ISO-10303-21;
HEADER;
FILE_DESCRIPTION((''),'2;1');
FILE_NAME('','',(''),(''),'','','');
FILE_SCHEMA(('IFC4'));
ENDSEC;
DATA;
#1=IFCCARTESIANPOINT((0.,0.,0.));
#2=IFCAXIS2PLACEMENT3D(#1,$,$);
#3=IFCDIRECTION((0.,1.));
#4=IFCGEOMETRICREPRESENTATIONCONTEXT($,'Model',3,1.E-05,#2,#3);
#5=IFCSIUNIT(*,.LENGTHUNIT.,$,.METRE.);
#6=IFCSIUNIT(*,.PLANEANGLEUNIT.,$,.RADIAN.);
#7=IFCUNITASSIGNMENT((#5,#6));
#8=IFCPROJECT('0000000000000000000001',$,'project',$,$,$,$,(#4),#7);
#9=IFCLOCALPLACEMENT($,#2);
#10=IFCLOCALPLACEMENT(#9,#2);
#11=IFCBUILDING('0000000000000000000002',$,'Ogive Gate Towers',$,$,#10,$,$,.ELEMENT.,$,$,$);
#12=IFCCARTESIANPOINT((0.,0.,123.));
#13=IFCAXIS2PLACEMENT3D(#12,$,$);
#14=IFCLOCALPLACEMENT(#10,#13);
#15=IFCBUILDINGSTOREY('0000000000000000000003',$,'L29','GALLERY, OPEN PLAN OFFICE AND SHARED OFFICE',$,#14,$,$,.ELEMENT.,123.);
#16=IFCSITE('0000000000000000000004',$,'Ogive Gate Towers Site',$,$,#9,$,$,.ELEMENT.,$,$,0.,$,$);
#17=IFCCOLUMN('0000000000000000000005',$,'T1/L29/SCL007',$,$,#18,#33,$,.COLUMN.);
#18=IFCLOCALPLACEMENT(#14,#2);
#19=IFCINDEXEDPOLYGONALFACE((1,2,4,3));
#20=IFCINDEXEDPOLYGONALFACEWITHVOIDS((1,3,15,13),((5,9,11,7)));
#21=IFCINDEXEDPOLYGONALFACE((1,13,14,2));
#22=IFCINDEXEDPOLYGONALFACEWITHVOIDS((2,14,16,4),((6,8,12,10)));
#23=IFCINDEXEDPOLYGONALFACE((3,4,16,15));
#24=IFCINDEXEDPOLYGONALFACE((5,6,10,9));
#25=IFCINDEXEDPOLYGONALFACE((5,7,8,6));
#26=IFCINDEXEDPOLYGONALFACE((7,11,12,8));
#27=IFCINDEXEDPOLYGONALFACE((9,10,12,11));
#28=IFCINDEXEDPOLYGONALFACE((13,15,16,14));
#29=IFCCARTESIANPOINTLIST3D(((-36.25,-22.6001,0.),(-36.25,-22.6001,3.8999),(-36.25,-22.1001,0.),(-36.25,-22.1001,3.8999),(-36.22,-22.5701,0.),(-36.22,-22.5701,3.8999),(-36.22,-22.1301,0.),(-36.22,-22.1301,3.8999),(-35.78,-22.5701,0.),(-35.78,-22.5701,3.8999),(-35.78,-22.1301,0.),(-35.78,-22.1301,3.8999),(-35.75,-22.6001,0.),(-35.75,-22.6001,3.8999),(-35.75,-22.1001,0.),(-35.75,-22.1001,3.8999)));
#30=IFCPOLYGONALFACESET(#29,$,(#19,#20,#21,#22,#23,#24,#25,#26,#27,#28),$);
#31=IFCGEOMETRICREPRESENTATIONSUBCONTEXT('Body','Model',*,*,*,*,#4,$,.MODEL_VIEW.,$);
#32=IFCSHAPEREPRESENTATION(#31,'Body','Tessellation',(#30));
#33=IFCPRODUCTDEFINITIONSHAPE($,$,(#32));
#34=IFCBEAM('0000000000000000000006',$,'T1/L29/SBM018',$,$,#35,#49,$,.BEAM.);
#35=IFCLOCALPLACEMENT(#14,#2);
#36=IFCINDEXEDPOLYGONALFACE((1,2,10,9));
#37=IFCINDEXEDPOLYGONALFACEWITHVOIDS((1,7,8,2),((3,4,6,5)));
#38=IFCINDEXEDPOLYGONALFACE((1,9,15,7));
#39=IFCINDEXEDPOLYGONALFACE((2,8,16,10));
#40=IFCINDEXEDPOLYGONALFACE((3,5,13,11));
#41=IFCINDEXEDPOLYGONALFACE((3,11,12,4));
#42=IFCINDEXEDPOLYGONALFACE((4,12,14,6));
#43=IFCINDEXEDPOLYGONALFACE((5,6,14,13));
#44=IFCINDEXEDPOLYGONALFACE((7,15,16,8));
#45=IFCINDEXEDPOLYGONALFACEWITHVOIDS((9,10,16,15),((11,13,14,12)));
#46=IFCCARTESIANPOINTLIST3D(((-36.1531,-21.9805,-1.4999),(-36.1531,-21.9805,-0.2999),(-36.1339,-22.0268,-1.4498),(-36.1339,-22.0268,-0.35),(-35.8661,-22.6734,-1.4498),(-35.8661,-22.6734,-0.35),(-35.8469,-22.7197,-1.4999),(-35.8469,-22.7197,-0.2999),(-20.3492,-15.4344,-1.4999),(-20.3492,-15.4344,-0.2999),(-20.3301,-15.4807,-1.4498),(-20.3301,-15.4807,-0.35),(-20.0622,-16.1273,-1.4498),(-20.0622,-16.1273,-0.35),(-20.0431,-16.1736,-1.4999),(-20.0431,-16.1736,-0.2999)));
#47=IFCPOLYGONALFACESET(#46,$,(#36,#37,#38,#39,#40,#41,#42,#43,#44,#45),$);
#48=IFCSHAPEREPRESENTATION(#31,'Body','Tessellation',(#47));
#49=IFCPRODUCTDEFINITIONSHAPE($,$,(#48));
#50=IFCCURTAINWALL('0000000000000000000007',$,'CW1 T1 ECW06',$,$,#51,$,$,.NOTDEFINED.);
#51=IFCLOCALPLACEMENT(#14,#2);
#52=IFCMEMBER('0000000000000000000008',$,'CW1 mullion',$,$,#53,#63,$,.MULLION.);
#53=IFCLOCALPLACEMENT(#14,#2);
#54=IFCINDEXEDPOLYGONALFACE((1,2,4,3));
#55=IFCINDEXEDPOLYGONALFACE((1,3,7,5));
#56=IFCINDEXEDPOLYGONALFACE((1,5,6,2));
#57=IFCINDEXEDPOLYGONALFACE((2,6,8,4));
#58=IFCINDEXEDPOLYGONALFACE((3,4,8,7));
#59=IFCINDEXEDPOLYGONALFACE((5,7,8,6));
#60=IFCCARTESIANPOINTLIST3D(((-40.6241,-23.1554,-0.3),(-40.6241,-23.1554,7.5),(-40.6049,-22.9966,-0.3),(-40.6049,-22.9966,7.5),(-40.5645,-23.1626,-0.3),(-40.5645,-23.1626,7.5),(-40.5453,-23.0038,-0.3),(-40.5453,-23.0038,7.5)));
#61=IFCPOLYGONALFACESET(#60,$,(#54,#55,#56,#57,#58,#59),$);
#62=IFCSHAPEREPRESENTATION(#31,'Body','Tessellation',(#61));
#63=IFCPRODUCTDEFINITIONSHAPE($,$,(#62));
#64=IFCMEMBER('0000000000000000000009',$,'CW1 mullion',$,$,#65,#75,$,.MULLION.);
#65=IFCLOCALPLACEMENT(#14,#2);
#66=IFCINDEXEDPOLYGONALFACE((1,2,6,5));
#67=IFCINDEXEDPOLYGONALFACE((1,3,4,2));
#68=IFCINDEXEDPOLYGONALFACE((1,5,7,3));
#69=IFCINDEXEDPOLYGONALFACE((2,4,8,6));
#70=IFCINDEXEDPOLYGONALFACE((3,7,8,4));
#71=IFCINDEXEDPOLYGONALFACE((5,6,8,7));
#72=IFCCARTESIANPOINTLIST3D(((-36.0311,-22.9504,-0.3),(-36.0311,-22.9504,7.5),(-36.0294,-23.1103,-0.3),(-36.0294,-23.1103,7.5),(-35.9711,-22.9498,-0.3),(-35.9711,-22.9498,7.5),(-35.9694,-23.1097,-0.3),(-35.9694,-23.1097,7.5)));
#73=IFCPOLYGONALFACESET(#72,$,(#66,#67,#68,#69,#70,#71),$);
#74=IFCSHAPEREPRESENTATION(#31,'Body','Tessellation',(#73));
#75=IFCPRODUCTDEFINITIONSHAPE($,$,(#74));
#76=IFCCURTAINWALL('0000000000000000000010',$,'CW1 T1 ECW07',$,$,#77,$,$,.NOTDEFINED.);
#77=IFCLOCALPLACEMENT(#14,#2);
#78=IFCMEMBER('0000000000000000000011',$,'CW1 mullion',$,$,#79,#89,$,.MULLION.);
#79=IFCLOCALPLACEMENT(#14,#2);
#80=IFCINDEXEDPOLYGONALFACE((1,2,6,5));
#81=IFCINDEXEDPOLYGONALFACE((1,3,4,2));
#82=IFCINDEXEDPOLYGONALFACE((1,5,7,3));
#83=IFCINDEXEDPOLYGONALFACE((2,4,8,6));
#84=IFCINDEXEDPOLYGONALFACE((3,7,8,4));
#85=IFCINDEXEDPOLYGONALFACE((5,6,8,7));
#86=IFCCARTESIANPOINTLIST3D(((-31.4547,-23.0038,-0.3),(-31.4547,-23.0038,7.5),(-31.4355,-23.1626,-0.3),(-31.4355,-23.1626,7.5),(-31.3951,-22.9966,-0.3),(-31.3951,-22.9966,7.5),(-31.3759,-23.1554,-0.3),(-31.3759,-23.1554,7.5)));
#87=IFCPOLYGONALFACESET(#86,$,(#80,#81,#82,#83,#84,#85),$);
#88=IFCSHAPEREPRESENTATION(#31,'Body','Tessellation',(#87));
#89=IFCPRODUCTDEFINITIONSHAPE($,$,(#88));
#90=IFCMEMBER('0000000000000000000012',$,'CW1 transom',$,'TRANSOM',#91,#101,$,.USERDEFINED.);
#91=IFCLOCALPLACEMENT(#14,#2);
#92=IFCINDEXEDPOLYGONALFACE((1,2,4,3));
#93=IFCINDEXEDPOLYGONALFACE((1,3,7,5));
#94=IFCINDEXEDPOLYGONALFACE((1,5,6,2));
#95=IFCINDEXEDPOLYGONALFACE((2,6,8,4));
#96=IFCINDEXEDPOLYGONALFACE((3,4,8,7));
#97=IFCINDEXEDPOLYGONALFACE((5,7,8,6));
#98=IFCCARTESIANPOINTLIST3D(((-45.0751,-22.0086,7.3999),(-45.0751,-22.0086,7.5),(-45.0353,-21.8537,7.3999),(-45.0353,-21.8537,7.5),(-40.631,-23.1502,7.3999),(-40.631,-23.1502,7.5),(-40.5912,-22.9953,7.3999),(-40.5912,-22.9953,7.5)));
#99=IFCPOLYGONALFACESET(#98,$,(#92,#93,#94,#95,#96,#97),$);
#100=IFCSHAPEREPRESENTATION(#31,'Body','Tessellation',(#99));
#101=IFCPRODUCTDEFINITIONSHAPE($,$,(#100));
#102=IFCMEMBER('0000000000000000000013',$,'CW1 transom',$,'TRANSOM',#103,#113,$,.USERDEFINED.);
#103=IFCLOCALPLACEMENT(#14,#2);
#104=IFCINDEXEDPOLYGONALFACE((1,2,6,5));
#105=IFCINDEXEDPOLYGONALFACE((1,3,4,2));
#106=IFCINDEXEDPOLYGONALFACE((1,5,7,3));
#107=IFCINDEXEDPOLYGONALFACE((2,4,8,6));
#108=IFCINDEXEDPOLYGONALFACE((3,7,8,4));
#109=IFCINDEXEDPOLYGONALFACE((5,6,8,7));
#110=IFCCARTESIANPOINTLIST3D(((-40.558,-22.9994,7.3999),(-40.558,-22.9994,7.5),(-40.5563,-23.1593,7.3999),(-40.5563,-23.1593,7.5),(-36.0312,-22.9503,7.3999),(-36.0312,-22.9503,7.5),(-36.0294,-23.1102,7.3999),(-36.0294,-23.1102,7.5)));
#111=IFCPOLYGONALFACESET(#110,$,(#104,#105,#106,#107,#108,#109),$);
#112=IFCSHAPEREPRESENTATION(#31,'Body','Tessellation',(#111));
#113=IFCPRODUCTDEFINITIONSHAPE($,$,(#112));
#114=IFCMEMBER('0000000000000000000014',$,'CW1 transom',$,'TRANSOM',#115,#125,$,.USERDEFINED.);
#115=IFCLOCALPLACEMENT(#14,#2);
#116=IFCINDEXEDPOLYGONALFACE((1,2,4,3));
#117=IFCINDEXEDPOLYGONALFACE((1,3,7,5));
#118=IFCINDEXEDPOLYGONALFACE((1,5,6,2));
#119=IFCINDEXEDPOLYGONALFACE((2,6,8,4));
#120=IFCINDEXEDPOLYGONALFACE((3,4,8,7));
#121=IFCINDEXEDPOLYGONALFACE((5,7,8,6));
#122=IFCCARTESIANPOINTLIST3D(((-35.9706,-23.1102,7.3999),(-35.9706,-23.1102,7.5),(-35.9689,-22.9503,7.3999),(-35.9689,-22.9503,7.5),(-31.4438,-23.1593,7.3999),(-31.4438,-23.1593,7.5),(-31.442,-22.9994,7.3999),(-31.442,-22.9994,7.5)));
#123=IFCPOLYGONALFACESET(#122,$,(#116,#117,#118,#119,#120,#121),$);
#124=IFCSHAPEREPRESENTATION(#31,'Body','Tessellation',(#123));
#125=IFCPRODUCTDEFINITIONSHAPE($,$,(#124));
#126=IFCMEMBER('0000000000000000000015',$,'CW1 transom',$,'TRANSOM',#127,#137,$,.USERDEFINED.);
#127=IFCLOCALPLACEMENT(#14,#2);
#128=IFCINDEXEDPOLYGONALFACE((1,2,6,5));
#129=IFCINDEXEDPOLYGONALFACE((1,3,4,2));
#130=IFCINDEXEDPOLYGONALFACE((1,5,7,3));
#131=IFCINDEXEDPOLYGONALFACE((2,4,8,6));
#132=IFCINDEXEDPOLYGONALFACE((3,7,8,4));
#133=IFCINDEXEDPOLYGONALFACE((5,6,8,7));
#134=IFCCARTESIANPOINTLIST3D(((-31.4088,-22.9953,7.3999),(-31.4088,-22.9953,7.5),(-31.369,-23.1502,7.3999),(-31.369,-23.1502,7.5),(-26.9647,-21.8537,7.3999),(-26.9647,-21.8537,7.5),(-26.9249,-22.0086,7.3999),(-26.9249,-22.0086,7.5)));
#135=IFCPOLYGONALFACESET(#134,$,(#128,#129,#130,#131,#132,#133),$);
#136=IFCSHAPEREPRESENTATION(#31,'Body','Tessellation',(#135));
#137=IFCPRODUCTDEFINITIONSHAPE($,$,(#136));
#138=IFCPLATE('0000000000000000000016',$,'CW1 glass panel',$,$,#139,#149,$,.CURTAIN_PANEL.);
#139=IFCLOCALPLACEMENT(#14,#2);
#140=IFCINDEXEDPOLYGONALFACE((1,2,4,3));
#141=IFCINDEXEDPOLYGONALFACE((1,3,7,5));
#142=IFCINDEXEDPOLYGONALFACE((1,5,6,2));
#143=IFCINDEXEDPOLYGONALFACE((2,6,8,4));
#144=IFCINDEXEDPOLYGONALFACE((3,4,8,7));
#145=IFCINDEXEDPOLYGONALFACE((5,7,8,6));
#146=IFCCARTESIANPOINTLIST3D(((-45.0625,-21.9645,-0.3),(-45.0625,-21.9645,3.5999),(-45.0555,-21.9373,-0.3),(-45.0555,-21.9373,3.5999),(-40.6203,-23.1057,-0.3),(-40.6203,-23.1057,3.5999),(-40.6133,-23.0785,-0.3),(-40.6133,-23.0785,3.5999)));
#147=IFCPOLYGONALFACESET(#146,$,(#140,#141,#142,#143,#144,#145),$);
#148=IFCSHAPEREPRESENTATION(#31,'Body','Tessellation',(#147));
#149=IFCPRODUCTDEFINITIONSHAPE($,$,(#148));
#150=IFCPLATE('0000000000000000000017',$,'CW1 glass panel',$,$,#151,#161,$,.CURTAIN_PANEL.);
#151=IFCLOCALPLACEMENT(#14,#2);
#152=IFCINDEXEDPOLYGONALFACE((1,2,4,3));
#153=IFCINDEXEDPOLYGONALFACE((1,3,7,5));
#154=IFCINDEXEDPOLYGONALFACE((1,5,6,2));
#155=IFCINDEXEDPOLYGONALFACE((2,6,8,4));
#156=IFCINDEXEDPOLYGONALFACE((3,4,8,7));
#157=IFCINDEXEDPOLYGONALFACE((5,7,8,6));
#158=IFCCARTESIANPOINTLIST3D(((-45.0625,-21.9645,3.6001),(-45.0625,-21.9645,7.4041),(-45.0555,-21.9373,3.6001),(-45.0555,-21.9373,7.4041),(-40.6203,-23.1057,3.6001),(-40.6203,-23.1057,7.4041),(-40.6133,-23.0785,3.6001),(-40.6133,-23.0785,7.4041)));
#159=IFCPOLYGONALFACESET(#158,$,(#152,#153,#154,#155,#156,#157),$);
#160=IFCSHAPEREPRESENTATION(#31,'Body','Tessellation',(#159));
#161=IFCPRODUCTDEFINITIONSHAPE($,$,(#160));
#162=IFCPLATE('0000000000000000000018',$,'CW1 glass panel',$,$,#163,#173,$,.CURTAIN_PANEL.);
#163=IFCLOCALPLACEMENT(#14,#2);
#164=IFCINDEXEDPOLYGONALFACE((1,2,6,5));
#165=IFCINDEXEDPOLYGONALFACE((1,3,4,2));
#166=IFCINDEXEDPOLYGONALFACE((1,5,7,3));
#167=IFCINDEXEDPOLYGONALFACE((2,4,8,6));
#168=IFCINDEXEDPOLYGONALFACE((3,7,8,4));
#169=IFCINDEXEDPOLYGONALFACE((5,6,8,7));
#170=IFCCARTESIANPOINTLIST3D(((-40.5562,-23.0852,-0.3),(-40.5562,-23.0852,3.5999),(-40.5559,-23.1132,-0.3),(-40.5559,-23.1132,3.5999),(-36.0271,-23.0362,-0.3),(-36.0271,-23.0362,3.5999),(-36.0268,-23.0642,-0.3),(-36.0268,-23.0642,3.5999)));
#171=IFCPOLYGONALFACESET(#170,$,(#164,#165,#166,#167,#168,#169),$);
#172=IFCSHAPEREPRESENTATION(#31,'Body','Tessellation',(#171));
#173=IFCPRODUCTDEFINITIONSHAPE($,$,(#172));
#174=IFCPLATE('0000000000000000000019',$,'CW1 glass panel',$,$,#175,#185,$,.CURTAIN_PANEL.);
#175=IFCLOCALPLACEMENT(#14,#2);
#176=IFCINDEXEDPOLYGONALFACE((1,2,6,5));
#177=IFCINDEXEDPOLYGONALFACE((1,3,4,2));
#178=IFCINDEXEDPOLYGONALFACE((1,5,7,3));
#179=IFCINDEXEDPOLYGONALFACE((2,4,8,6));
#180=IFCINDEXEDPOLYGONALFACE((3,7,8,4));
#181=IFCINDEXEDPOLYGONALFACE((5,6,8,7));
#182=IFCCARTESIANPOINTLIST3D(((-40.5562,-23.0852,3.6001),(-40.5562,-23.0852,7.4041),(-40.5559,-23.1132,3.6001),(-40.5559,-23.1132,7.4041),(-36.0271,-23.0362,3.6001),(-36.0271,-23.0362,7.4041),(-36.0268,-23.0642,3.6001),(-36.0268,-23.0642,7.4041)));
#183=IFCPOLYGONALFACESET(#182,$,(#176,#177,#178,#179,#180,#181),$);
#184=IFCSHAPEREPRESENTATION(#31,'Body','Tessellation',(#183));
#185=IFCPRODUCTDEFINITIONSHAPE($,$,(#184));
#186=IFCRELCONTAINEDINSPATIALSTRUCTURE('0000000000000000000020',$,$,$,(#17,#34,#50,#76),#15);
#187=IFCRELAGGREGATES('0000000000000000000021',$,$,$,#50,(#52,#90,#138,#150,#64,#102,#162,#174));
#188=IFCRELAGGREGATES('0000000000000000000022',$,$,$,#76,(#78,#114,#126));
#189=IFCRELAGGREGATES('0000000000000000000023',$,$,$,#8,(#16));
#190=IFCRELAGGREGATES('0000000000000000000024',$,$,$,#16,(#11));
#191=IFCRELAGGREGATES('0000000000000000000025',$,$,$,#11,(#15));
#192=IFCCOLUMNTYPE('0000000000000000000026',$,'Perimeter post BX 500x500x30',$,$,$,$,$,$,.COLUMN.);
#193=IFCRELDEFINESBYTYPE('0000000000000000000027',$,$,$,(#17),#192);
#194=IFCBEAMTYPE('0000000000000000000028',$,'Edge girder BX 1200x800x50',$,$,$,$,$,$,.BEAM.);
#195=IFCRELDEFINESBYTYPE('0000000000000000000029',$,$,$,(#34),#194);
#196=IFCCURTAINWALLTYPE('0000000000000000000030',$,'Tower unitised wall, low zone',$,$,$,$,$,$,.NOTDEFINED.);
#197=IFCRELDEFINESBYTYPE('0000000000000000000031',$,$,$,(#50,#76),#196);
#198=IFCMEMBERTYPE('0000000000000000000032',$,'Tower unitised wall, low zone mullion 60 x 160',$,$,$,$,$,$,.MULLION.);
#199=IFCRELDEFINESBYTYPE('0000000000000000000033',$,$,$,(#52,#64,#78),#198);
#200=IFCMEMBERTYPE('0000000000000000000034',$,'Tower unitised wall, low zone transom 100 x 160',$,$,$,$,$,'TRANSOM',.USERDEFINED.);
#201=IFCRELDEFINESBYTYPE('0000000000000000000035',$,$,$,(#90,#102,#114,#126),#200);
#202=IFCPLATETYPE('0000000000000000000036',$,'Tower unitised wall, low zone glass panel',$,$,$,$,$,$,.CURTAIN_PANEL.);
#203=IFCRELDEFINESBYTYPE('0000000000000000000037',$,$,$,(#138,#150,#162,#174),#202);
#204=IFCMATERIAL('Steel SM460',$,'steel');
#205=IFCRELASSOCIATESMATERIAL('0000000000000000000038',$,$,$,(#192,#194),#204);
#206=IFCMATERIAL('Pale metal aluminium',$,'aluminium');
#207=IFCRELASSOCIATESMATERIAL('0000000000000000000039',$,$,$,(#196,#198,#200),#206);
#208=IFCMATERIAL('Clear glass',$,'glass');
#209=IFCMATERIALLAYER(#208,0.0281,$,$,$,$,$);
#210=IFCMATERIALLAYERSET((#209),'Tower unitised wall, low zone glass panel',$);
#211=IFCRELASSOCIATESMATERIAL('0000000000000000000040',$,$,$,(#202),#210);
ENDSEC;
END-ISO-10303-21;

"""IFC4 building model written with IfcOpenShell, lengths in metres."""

from ifc_helpers import new_model, si_unit, direction, frame, origin, origin_2d, place, context, subcontext, project, spatial, rectangle, hollow_rectangle, extrude, material, layer, layer_set, material_profile, profile_set, type_object, element, aggregate, save


model = new_model("IFC4")

# Units and contexts
model_context = context("Model", 3, precision=1e-05, world=origin(), true_north=direction((0.0, 1.0)))
body_context = subcontext(model_context, "Body", "Model", "MODEL_VIEW")
ifc_project = project(units=[si_unit("LENGTHUNIT", "METRE"), si_unit("PLANEANGLEUNIT", "RADIAN")], contexts=[model_context])

# Site, building, storey
site_placement = place(None, origin())
site = spatial("IfcSite", under=ifc_project, at=site_placement, Name="Ogive Gate Towers Site", CompositionType="ELEMENT", RefElevation=0.0)
building_placement = place(site_placement, origin())
building = spatial("IfcBuilding", under=site, at=building_placement, Name="Ogive Gate Towers", CompositionType="ELEMENT")
storey_placement = place(building_placement, frame((0.0, 0.0, 123.0)))
storey = spatial("IfcBuildingStorey", under=building, at=storey_placement, Name="L29", Description="GALLERY, OPEN PLAN OFFICE AND SHARED OFFICE", CompositionType="ELEMENT", Elevation=123.0)

# Column
ifc_material_1 = material(Name="Steel SM460", Category="steel")
ifc_material_profile_1 = material_profile(ifc_material_1, hollow_rectangle(XDim=0.5, YDim=0.5, WallThickness=0.03, at=origin_2d()), Name="BX 500x500x30")
ifc_profile_set_1 = profile_set([ifc_material_profile_1], Name="Steel SM460")
column_type = type_object("IfcColumnType", Name="Perimeter post BX 500x500x30", PredefinedType="COLUMN", material=ifc_profile_set_1)
column_placement = place(storey_placement, frame((-36.0, -22.3501, 0.0), z_axis=(0.0, 0.0, 1.0), x_axis=(1.0, 0.0, 0.0)))
element("IfcColumn", 1, at=column_placement, inside=storey, type_object=column_type, Name="T1/L29/SCL007", PredefinedType="COLUMN", context=body_context, shape_type="SweptSolid", body=[
    extrude(hollow_rectangle(XDim=0.5, YDim=0.5, WallThickness=0.03, at=origin_2d()), origin(), (0.0, 0.0, 1.0), 3.8999),
])

# Beam
ifc_material_profile_2 = material_profile(ifc_material_1, hollow_rectangle(XDim=0.8, YDim=1.2, WallThickness=0.05, at=origin_2d()), Name="BX 1200x800x50")
ifc_profile_set_2 = profile_set([ifc_material_profile_2], Name="Steel SM460")
beam_type = type_object("IfcBeamType", Name="Edge girder BX 1200x800x50", PredefinedType="BEAM", material=ifc_profile_set_2)
beam_placement = place(storey_placement, frame((-36.0, -22.3501, -0.8999), z_axis=(0.923881, 0.38268, 0.0), x_axis=(-0.38268, 0.923881, 0.0)))
element("IfcBeam", 2, at=beam_placement, inside=storey, type_object=beam_type, Name="T1/L29/SBM018", PredefinedType="BEAM", context=body_context, shape_type="SweptSolid", body=[
    extrude(hollow_rectangle(XDim=0.8, YDim=1.2, WallThickness=0.05, at=origin_2d()), origin(), (0.0, 0.0, 1.0), 17.106),
])

# Curtain wall, members
ifc_material_2 = material(Name="Pale metal aluminium", Category="aluminium")
curtain_wall_type = type_object("IfcCurtainWallType", Name="Tower unitised wall, low zone", PredefinedType="NOTDEFINED", material=ifc_material_2)
curtain_wall_1_placement = place(storey_placement, origin())
curtain_wall_1 = element("IfcCurtainWall", 3, at=curtain_wall_1_placement, inside=storey, type_object=curtain_wall_type, Name="CW1 T1 ECW06", PredefinedType="NOTDEFINED")
ifc_material_profile_3 = material_profile(ifc_material_2, rectangle(XDim=0.1599, YDim=0.0601, at=origin_2d()), Name="60 x 160 aluminium box")
ifc_profile_set_3 = profile_set([ifc_material_profile_3], Name="Pale metal aluminium")
member_type_1 = type_object("IfcMemberType", Name="Tower unitised wall, low zone mullion 60 x 160", PredefinedType="MULLION", material=ifc_profile_set_3)
member_1_placement = place(storey_placement, frame((-40.5847, -23.0796, -0.3), z_axis=(0.0, 0.0, 1.0), x_axis=(-0.120033, -0.99277, 0.0)))
member_1 = element("IfcMember", 4, at=member_1_placement, type_object=member_type_1, Name="CW1 mullion", PredefinedType="MULLION", context=body_context, shape_type="SweptSolid", body=[
    extrude(rectangle(XDim=0.1599, YDim=0.0601, at=origin_2d()), origin(), (0.0, 0.0, 1.0), 7.8),
])
member_2_placement = place(storey_placement, frame((-36.0002, -23.03, -0.3), z_axis=(0.0, 0.0, 1.0), x_axis=(0.010821, -0.999941, 0.0)))
member_2 = element("IfcMember", 5, at=member_2_placement, type_object=member_type_1, Name="CW1 mullion", PredefinedType="MULLION", context=body_context, shape_type="SweptSolid", body=[
    extrude(rectangle(XDim=0.1599, YDim=0.0601, at=origin_2d()), origin(), (0.0, 0.0, 1.0), 7.8),
])

# Curtain wall, member
curtain_wall_2_placement = place(storey_placement, origin())
curtain_wall_2 = element("IfcCurtainWall", 6, at=curtain_wall_2_placement, inside=storey, type_object=curtain_wall_type, Name="CW1 T1 ECW07", PredefinedType="NOTDEFINED")
member_3_placement = place(storey_placement, frame((-31.4153, -23.0796, -0.3), z_axis=(0.0, 0.0, 1.0), x_axis=(0.120033, -0.99277, 0.0)))
member_3 = element("IfcMember", 7, at=member_3_placement, type_object=member_type_1, Name="CW1 mullion", PredefinedType="MULLION", context=body_context, shape_type="SweptSolid", body=[
    extrude(rectangle(XDim=0.1599, YDim=0.0601, at=origin_2d()), origin(), (0.0, 0.0, 1.0), 7.8),
])

# Members
ifc_material_profile_4 = material_profile(ifc_material_2, rectangle(XDim=0.1599, YDim=0.1001, at=origin_2d()), Name="100 x 160 aluminium box")
ifc_profile_set_4 = profile_set([ifc_material_profile_4], Name="Pale metal aluminium")
member_type_2 = type_object("IfcMemberType", Name="Tower unitised wall, low zone transom 100 x 160", ElementType="TRANSOM", PredefinedType="USERDEFINED", material=ifc_profile_set_4)
member_4_placement = place(storey_placement, frame((-45.0552, -21.9312, 7.45), z_axis=(0.968554, -0.248803, 0.0), x_axis=(0.248803, 0.968554, 0.0)))
member_4 = element("IfcMember", 8, at=member_4_placement, type_object=member_type_2, Name="CW1 transom", ObjectType="TRANSOM", PredefinedType="USERDEFINED", context=body_context, shape_type="SweptSolid", body=[
    extrude(rectangle(XDim=0.1599, YDim=0.1001, at=origin_2d()), origin(), (0.0, 0.0, 1.0), 4.5884),
])
member_5_placement = place(storey_placement, frame((-40.5571, -23.0793, 7.45), z_axis=(0.999941, 0.01084, 0.0), x_axis=(-0.01084, 0.999941, 0.0)))
member_5 = element("IfcMember", 9, at=member_5_placement, type_object=member_type_2, Name="CW1 transom", ObjectType="TRANSOM", PredefinedType="USERDEFINED", context=body_context, shape_type="SweptSolid", body=[
    extrude(rectangle(XDim=0.1599, YDim=0.1001, at=origin_2d()), origin(), (0.0, 0.0, 1.0), 4.5271),
])
member_6_placement = place(storey_placement, frame((-35.9697, -23.0303, 7.45), z_axis=(0.999941, -0.01084, 0.0), x_axis=(0.01084, 0.999941, 0.0)))
member_6 = element("IfcMember", 10, at=member_6_placement, type_object=member_type_2, Name="CW1 transom", ObjectType="TRANSOM", PredefinedType="USERDEFINED", context=body_context, shape_type="SweptSolid", body=[
    extrude(rectangle(XDim=0.1599, YDim=0.1001, at=origin_2d()), origin(), (0.0, 0.0, 1.0), 4.5271),
])
member_7_placement = place(storey_placement, frame((-31.3889, -23.0728, 7.45), z_axis=(0.968554, 0.248803, 0.0), x_axis=(-0.248803, 0.968554, 0.0)))
member_7 = element("IfcMember", 11, at=member_7_placement, type_object=member_type_2, Name="CW1 transom", ObjectType="TRANSOM", PredefinedType="USERDEFINED", context=body_context, shape_type="SweptSolid", body=[
    extrude(rectangle(XDim=0.1599, YDim=0.1001, at=origin_2d()), origin(), (0.0, 0.0, 1.0), 4.5884),
])

# Plates
ifc_material_3 = material(Name="Clear glass", Category="glass")
ifc_layer_1 = layer(ifc_material_3, 0.0281)
ifc_layer_set_1 = layer_set([ifc_layer_1], Name="Tower unitised wall, low zone glass panel")
plate_type = type_object("IfcPlateType", Name="Tower unitised wall, low zone glass panel", PredefinedType="CURTAIN_PANEL", material=ifc_layer_set_1)
plate_1_placement = place(storey_placement, frame((-42.8379, -22.5215, -0.3), z_axis=(0.0, 0.0, 1.0), x_axis=(0.968553, -0.248808, 0.0)))
plate_1 = element("IfcPlate", 12, at=plate_1_placement, type_object=plate_type, Name="CW1 glass panel", PredefinedType="CURTAIN_PANEL", context=body_context, shape_type="SweptSolid", body=[
    extrude(rectangle(XDim=4.5864, YDim=0.0281, at=origin_2d()), origin(), (0.0, 0.0, 1.0), 3.8999),
])
plate_2_placement = place(storey_placement, frame((-42.8379, -22.5215, 3.6001), z_axis=(0.0, 0.0, 1.0), x_axis=(0.968553, -0.248808, 0.0)))
plate_2 = element("IfcPlate", 13, at=plate_2_placement, type_object=plate_type, Name="CW1 glass panel", PredefinedType="CURTAIN_PANEL", context=body_context, shape_type="SweptSolid", body=[
    extrude(rectangle(XDim=4.5864, YDim=0.0281, at=origin_2d()), origin(), (0.0, 0.0, 1.0), 3.804),
])
plate_3_placement = place(storey_placement, frame((-38.2915, -23.0747, -0.3), z_axis=(0.0, 0.0, 1.0), x_axis=(0.999941, 0.010821, 0.0)))
plate_3 = element("IfcPlate", 14, at=plate_3_placement, type_object=plate_type, Name="CW1 glass panel", PredefinedType="CURTAIN_PANEL", context=body_context, shape_type="SweptSolid", body=[
    extrude(rectangle(XDim=4.5293, YDim=0.0281, at=origin_2d()), origin(), (0.0, 0.0, 1.0), 3.8999),
])
plate_4_placement = place(storey_placement, frame((-38.2915, -23.0747, 3.6001), z_axis=(0.0, 0.0, 1.0), x_axis=(0.999941, 0.010821, 0.0)))
plate_4 = element("IfcPlate", 15, at=plate_4_placement, type_object=plate_type, Name="CW1 glass panel", PredefinedType="CURTAIN_PANEL", context=body_context, shape_type="SweptSolid", body=[
    extrude(rectangle(XDim=4.5293, YDim=0.0281, at=origin_2d()), origin(), (0.0, 0.0, 1.0), 3.804),
])
aggregate(curtain_wall_1, [member_1, member_4, plate_1, plate_2, member_2, member_5, plate_3, plate_4])
aggregate(curtain_wall_2, [member_3, member_6, member_7])

save(model, "model.ifc")
